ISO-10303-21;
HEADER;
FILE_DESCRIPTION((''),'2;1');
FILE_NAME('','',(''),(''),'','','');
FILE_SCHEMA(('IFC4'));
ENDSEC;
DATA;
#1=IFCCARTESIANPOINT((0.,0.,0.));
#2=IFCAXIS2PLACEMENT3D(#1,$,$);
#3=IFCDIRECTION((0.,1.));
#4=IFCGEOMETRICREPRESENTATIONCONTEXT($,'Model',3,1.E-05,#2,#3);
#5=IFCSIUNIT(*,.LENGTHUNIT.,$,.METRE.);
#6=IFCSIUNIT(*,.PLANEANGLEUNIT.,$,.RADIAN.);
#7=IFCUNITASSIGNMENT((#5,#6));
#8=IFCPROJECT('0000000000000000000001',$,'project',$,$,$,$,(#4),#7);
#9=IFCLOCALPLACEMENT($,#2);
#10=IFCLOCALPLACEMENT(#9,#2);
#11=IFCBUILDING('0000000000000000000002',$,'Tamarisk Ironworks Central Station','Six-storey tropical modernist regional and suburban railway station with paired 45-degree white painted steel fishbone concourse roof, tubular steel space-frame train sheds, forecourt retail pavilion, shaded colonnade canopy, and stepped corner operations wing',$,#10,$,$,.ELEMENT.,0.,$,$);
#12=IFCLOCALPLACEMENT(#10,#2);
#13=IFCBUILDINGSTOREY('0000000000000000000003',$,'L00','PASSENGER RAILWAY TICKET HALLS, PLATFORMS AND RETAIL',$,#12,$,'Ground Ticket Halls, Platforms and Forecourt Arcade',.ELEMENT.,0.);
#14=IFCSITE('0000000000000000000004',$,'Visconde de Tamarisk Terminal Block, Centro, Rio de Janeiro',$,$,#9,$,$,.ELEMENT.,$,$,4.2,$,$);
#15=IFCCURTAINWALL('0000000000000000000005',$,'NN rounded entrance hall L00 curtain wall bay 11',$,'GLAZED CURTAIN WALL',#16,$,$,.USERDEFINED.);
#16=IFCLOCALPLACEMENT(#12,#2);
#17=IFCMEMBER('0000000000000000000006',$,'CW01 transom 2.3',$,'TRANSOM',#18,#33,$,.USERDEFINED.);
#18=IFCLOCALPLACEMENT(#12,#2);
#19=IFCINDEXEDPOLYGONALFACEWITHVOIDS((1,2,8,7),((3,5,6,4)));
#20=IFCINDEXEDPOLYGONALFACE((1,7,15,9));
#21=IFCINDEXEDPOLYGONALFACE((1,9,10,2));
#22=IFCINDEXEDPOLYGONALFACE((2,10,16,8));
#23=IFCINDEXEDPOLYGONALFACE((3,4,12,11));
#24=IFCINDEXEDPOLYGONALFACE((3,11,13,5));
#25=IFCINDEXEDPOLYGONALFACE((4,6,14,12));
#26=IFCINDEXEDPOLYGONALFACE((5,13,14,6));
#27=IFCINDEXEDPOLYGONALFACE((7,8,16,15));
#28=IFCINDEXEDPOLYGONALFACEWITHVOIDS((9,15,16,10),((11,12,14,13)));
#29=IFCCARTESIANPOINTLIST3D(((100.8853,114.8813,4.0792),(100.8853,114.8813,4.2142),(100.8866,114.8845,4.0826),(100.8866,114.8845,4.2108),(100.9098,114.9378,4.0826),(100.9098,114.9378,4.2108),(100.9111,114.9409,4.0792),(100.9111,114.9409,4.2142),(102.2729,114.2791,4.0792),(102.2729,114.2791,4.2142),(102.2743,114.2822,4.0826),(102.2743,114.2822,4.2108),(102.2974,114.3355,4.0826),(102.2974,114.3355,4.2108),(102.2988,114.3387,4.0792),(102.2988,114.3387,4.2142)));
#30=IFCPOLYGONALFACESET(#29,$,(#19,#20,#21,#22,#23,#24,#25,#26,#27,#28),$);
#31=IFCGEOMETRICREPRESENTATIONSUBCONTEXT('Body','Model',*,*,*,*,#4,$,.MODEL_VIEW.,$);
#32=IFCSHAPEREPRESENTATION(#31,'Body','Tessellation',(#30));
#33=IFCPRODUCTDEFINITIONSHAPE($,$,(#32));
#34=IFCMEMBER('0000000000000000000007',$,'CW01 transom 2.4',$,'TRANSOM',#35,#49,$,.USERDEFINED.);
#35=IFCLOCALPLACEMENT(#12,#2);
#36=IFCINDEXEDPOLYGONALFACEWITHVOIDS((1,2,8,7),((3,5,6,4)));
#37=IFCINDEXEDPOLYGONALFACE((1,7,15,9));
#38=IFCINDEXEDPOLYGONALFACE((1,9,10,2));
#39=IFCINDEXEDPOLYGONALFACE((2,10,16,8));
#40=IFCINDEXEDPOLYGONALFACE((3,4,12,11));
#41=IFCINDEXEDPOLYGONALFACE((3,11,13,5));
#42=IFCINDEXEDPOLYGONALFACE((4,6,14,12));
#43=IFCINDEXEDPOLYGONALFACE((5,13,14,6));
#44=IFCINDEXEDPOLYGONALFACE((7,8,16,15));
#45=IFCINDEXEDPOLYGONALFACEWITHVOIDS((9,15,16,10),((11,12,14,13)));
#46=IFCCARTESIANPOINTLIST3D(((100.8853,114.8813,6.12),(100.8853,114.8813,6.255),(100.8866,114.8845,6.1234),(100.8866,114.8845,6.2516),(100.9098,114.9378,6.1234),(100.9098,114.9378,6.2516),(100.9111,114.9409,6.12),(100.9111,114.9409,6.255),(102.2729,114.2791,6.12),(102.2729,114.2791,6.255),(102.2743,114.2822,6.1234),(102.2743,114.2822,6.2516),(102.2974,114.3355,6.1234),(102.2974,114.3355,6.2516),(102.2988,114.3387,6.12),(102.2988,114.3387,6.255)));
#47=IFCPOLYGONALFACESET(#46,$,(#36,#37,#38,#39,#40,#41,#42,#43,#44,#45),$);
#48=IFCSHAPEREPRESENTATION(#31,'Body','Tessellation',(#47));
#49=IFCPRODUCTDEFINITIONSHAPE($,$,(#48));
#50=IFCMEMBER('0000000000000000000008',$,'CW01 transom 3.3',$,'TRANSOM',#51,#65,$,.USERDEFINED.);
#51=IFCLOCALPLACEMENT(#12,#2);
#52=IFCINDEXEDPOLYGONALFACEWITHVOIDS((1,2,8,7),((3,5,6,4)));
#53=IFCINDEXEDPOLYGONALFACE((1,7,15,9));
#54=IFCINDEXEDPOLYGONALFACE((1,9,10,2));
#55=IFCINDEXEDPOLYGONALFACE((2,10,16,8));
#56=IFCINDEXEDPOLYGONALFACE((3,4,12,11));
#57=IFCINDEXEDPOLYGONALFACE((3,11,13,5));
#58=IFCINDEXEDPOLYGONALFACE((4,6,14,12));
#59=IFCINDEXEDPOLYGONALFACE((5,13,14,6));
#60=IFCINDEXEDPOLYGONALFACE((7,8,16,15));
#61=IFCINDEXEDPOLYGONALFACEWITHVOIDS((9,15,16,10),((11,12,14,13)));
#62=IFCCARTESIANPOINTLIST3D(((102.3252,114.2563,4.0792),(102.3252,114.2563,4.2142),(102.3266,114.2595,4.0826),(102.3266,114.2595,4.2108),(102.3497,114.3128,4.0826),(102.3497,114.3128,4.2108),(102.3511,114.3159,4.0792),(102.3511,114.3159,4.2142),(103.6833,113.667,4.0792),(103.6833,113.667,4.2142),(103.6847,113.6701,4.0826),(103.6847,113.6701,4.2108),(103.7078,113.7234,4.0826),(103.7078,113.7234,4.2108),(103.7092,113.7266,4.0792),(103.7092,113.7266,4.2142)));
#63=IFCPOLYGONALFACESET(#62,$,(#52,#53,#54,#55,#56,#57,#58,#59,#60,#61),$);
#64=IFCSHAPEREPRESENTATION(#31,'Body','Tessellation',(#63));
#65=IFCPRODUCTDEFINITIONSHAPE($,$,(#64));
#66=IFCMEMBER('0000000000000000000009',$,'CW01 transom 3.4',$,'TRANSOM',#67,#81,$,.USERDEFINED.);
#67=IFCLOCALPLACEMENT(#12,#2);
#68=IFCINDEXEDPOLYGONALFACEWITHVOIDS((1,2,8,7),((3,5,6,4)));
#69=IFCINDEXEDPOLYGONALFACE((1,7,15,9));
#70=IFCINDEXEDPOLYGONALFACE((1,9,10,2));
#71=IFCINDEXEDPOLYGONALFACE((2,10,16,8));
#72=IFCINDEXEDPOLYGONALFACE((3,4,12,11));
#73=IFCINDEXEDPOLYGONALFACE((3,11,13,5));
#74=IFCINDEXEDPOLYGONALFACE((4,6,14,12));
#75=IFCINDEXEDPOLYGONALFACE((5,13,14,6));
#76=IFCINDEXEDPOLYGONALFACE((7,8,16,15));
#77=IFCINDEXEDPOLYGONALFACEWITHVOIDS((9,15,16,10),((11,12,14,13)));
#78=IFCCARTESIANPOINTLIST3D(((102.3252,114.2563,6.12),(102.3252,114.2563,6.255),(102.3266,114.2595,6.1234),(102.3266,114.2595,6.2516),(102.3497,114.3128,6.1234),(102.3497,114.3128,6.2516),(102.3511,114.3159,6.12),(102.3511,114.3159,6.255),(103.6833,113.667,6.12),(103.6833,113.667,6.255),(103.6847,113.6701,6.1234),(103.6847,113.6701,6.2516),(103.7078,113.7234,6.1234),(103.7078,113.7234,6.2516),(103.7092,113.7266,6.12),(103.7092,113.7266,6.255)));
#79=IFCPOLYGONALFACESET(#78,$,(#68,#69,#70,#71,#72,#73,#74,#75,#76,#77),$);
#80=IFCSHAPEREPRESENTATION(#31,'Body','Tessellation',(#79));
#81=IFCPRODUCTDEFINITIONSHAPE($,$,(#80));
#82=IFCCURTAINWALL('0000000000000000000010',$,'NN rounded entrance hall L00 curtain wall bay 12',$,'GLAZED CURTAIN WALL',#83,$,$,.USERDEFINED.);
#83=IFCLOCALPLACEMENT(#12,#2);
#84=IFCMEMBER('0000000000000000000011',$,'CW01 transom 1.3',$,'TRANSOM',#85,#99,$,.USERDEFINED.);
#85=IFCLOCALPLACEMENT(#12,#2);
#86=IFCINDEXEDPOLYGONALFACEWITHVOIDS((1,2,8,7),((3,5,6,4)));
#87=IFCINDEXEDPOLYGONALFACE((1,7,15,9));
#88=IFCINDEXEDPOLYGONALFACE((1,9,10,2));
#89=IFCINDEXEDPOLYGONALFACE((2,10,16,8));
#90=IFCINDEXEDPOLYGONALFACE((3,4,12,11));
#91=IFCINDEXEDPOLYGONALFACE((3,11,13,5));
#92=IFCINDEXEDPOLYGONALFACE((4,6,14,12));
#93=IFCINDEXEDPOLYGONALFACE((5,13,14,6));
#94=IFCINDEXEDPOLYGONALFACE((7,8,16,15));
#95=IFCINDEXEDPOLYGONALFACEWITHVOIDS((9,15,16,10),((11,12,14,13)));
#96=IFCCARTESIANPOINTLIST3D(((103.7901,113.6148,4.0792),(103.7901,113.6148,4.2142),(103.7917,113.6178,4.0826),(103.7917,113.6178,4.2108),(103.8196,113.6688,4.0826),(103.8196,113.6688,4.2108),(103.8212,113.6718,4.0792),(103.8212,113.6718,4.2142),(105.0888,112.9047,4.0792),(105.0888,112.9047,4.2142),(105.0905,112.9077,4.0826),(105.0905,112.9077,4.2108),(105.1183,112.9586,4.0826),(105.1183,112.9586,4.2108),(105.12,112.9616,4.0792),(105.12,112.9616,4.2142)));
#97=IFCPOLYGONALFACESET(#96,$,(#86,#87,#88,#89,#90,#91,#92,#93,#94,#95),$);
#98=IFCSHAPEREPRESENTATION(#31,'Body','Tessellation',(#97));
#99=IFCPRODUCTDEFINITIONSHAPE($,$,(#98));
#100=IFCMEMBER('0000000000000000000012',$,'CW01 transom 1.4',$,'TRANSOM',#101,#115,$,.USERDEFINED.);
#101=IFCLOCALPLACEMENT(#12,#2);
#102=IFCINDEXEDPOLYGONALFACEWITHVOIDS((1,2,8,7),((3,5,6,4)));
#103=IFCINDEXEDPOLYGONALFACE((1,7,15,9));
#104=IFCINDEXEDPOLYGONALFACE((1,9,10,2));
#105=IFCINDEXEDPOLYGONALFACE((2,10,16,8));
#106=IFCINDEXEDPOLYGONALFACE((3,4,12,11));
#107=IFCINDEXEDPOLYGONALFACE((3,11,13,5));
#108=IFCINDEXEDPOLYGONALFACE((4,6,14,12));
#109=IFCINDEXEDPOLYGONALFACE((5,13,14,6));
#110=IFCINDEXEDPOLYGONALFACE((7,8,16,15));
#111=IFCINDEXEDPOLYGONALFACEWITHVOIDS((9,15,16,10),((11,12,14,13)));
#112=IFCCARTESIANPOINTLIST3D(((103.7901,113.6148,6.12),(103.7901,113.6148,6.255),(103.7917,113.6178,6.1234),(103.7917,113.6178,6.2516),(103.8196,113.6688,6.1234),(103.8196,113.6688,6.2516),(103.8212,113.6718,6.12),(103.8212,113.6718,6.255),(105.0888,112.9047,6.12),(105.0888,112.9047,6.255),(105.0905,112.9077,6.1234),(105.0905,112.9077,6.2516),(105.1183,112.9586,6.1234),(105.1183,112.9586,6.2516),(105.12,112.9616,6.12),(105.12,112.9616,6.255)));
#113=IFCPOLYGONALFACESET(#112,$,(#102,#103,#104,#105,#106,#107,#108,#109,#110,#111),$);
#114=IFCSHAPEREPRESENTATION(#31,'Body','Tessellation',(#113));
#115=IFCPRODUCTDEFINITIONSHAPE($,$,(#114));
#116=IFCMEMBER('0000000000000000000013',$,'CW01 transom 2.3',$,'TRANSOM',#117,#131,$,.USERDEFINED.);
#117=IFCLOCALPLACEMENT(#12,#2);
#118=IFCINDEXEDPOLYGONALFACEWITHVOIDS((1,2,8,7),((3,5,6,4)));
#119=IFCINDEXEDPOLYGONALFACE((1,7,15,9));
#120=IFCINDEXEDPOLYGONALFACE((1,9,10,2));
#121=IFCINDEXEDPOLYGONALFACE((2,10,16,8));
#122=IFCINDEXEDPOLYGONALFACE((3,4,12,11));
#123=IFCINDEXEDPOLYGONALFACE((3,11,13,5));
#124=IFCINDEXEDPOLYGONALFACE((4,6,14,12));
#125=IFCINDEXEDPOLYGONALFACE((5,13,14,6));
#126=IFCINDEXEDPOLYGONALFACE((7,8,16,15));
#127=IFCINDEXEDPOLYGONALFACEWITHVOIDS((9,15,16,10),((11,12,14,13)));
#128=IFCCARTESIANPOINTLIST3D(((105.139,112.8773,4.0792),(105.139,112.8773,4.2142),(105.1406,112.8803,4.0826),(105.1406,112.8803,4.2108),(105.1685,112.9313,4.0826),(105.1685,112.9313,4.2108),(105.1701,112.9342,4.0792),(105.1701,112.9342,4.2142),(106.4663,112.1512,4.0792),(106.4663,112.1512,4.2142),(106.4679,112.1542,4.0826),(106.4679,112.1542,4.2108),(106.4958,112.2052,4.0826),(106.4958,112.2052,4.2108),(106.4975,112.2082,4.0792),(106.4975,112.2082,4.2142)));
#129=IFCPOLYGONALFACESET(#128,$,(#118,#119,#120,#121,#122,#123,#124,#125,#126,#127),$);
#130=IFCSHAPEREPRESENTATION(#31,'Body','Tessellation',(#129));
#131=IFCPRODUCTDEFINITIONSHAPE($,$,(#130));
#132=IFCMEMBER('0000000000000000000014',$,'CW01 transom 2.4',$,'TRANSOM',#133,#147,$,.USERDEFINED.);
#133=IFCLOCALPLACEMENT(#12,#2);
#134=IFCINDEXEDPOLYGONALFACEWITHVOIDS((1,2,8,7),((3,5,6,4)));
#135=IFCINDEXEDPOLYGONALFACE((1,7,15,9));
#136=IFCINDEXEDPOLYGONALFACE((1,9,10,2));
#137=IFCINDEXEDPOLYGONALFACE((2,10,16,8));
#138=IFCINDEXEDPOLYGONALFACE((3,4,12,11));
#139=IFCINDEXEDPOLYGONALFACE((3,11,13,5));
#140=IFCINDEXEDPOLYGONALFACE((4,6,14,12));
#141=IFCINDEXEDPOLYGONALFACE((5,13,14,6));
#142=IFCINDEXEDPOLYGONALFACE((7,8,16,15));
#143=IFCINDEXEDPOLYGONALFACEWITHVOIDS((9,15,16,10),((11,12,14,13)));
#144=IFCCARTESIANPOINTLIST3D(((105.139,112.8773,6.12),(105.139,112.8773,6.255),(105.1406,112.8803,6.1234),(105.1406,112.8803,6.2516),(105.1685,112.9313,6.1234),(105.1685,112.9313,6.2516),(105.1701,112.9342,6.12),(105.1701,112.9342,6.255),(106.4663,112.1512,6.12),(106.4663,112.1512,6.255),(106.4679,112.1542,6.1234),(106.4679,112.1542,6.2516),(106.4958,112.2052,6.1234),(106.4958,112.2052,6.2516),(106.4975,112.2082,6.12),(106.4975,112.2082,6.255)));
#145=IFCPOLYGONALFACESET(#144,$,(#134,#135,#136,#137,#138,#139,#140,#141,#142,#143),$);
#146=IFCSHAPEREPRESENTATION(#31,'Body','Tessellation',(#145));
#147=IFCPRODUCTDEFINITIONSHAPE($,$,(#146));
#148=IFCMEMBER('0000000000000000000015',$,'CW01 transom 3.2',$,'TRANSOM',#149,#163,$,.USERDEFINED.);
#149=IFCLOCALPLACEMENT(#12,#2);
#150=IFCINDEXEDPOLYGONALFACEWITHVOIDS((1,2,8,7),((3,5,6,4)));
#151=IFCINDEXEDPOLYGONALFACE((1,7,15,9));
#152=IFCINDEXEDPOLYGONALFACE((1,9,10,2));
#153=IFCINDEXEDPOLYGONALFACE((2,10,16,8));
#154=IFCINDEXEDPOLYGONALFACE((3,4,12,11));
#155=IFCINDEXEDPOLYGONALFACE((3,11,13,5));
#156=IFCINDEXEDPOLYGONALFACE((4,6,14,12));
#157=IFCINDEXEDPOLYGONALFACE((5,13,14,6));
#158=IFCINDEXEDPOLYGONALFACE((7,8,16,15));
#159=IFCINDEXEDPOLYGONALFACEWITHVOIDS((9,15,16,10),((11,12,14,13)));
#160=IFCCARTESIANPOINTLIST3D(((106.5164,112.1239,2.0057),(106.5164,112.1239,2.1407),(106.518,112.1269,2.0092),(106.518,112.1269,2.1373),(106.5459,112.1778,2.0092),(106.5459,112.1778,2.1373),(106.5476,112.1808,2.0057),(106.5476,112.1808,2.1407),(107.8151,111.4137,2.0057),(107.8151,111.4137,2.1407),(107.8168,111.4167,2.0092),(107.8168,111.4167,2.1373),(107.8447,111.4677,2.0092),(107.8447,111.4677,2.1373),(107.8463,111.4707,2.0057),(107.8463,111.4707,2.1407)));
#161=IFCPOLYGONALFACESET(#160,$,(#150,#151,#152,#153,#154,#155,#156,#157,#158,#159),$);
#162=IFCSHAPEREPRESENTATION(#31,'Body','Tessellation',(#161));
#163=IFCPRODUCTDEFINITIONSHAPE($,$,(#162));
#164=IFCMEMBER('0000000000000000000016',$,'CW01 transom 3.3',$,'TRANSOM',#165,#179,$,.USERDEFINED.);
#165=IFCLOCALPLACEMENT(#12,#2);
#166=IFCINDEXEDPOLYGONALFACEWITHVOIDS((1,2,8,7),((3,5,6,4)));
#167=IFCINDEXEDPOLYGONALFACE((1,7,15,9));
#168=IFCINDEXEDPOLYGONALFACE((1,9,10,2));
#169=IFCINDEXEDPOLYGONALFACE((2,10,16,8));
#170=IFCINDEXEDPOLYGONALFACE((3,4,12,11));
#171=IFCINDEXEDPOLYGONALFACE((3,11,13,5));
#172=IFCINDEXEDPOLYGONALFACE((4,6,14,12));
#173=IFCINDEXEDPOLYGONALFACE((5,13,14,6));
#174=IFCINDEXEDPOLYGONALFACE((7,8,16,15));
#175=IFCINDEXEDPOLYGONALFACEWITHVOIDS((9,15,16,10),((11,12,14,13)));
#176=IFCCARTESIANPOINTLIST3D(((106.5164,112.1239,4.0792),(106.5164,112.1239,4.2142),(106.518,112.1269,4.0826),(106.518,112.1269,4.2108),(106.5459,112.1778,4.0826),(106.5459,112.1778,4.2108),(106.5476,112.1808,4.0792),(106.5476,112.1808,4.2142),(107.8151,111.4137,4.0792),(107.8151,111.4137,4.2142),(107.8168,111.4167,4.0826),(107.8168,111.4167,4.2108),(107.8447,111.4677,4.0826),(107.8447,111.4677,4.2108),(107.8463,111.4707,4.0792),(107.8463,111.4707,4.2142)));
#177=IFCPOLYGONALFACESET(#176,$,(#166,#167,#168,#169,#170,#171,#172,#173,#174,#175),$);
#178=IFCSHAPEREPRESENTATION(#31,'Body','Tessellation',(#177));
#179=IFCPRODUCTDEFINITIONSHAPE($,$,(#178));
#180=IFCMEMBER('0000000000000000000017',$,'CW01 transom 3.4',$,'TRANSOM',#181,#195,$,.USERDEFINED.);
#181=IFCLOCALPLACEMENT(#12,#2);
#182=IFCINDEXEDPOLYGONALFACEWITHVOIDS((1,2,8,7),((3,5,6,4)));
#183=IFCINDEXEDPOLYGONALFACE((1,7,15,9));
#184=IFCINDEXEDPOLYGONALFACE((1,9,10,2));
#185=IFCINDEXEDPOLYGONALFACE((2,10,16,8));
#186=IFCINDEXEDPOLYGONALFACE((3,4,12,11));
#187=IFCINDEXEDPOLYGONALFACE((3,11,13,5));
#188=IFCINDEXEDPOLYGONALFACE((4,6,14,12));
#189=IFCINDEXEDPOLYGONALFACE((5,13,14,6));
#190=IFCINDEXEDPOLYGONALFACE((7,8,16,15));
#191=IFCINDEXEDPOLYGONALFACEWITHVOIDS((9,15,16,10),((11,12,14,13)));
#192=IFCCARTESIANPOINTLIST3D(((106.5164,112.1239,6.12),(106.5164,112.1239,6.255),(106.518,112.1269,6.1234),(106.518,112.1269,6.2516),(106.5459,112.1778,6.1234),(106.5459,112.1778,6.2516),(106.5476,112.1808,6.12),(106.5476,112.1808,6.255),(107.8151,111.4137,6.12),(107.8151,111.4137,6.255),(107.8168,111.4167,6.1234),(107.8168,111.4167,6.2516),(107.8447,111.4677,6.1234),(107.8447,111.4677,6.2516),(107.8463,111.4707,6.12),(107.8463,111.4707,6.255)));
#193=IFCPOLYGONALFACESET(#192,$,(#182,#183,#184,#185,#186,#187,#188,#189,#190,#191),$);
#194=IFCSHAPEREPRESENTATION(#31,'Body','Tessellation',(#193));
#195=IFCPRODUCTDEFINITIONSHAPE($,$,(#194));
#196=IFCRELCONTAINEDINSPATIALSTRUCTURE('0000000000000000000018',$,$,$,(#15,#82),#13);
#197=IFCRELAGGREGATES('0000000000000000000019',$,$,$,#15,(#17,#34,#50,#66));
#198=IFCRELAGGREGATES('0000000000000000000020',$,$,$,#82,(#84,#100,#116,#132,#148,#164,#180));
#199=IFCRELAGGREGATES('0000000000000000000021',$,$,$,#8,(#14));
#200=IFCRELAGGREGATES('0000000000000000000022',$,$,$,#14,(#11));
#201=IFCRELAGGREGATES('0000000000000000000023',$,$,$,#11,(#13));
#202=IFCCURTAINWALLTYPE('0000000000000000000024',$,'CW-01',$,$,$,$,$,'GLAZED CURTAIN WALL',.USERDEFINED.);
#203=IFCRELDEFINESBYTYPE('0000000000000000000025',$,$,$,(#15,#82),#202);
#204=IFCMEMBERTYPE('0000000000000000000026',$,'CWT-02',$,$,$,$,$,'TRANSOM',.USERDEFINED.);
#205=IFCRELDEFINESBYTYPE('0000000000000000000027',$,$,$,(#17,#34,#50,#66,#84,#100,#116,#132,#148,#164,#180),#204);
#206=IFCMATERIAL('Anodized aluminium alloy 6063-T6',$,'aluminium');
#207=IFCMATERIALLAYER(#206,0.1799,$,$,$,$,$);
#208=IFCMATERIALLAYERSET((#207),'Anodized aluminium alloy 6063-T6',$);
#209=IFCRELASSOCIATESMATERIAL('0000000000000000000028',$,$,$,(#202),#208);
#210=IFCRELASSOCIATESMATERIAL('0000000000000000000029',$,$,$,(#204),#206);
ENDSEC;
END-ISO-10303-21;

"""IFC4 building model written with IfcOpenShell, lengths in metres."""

from ifc_helpers import new_model, si_unit, direction, frame, origin, origin_2d, place, context, subcontext, project, spatial, hollow_rectangle, extrude, material, layer, layer_set, material_profile, profile_set, type_object, element, aggregate, save


model = new_model("IFC4")

# Units and contexts
model_context = context("Model", 3, precision=1e-05, world=origin(), true_north=direction((0.0, 1.0)))
body_context = subcontext(model_context, "Body", "Model", "MODEL_VIEW")
ifc_project = project(units=[si_unit("LENGTHUNIT", "METRE"), si_unit("PLANEANGLEUNIT", "RADIAN")], contexts=[model_context])

# Site, building, storey
site_placement = place(None, origin())
site = spatial("IfcSite", under=ifc_project, at=site_placement, Name="Visconde de Tamarisk Terminal Block, Centro, Rio de Janeiro", CompositionType="ELEMENT", RefElevation=4.2)
building_placement = place(site_placement, origin())
building = spatial("IfcBuilding", under=site, at=building_placement, Name="Tamarisk Ironworks Central Station", Description="Six-storey tropical modernist regional and suburban railway station with paired 45-degree white painted steel fishbone concourse roof, tubular steel space-frame train sheds, forecourt retail pavilion, shaded colonnade canopy, and stepped corner operations wing", CompositionType="ELEMENT", ElevationOfRefHeight=0.0)
storey_placement = place(building_placement, origin())
storey = spatial("IfcBuildingStorey", under=building, at=storey_placement, Name="L00", Description="PASSENGER RAILWAY TICKET HALLS, PLATFORMS AND RETAIL", LongName="Ground Ticket Halls, Platforms and Forecourt Arcade", CompositionType="ELEMENT", Elevation=0.0)

# Curtain walls, members
ifc_material_1 = material(Name="Anodized aluminium alloy 6063-T6", Category="aluminium")
ifc_layer_1 = layer(ifc_material_1, 0.1799)
ifc_layer_set_1 = layer_set([ifc_layer_1], Name="Anodized aluminium alloy 6063-T6")
curtain_wall_type_1 = type_object("IfcCurtainWallType", Name="CW-01", ElementType="GLAZED CURTAIN WALL", PredefinedType="USERDEFINED", material=ifc_layer_set_1)
curtain_wall_1_placement = place(storey_placement, origin())
curtain_wall_1 = element("IfcCurtainWall", 1, at=curtain_wall_1_placement, inside=storey, type_object=curtain_wall_type_1, Name="NN rounded entrance hall L00 curtain wall bay 11", ObjectType="GLAZED CURTAIN WALL", PredefinedType="USERDEFINED")
ifc_material_profile = material_profile(ifc_material_1, hollow_rectangle(XDim=0.0649, YDim=0.135, WallThickness=0.0034, at=origin_2d()), Name="ALUM 135x65")
ifc_profile_set = profile_set([ifc_material_profile], Name="Anodized aluminium alloy 6063-T6")
member_type = type_object("IfcMemberType", Name="CWT-02", ElementType="TRANSOM", PredefinedType="USERDEFINED", material=ifc_profile_set)
member_1_placement = place(storey_placement, frame((100.8982, 114.9111, 4.1467), z_axis=(0.917324, -0.398142, 0.0), x_axis=(0.398142, 0.917324, 0.0)))
member_1 = element("IfcMember", 2, at=member_1_placement, type_object=member_type, Name="CW01 transom 2.3", ObjectType="TRANSOM", PredefinedType="USERDEFINED", context=body_context, shape_type="SweptSolid", body=[
    extrude(hollow_rectangle(XDim=0.0649, YDim=0.135, WallThickness=0.0034, at=origin_2d()), origin(), (0.0, 0.0, 1.0), 1.5127),
])
member_2_placement = place(storey_placement, frame((100.8982, 114.9111, 6.1875), z_axis=(0.917324, -0.398142, 0.0), x_axis=(0.398142, 0.917324, 0.0)))
member_2 = element("IfcMember", 3, at=member_2_placement, type_object=member_type, Name="CW01 transom 2.4", ObjectType="TRANSOM", PredefinedType="USERDEFINED", context=body_context, shape_type="SweptSolid", body=[
    extrude(hollow_rectangle(XDim=0.0649, YDim=0.135, WallThickness=0.0034, at=origin_2d()), origin(), (0.0, 0.0, 1.0), 1.5127),
])
member_3_placement = place(storey_placement, frame((102.3381, 114.2861, 4.1467), z_axis=(0.917353, -0.398075, 0.0), x_axis=(0.398075, 0.917353, 0.0)))
member_3 = element("IfcMember", 4, at=member_3_placement, type_object=member_type, Name="CW01 transom 3.3", ObjectType="TRANSOM", PredefinedType="USERDEFINED", context=body_context, shape_type="SweptSolid", body=[
    extrude(hollow_rectangle(XDim=0.0649, YDim=0.135, WallThickness=0.0034, at=origin_2d()), origin(), (0.0, 0.0, 1.0), 1.4805),
])
member_4_placement = place(storey_placement, frame((102.3381, 114.2861, 6.1875), z_axis=(0.917353, -0.398075, 0.0), x_axis=(0.398075, 0.917353, 0.0)))
member_4 = element("IfcMember", 5, at=member_4_placement, type_object=member_type, Name="CW01 transom 3.4", ObjectType="TRANSOM", PredefinedType="USERDEFINED", context=body_context, shape_type="SweptSolid", body=[
    extrude(hollow_rectangle(XDim=0.0649, YDim=0.135, WallThickness=0.0034, at=origin_2d()), origin(), (0.0, 0.0, 1.0), 1.4805),
])
curtain_wall_2_placement = place(storey_placement, origin())
curtain_wall_2 = element("IfcCurtainWall", 6, at=curtain_wall_2_placement, inside=storey, type_object=curtain_wall_type_1, Name="NN rounded entrance hall L00 curtain wall bay 12", ObjectType="GLAZED CURTAIN WALL", PredefinedType="USERDEFINED")
member_5_placement = place(storey_placement, frame((103.8057, 113.6433, 4.1467), z_axis=(0.877397, -0.479765, 0.0), x_axis=(0.479765, 0.877397, 0.0)))
member_5 = element("IfcMember", 7, at=member_5_placement, type_object=member_type, Name="CW01 transom 1.3", ObjectType="TRANSOM", PredefinedType="USERDEFINED", context=body_context, shape_type="SweptSolid", body=[
    extrude(hollow_rectangle(XDim=0.0649, YDim=0.135, WallThickness=0.0034, at=origin_2d()), origin(), (0.0, 0.0, 1.0), 1.4802),
])
member_6_placement = place(storey_placement, frame((103.8057, 113.6433, 6.1875), z_axis=(0.877397, -0.479765, 0.0), x_axis=(0.479765, 0.877397, 0.0)))
member_6 = element("IfcMember", 8, at=member_6_placement, type_object=member_type, Name="CW01 transom 1.4", ObjectType="TRANSOM", PredefinedType="USERDEFINED", context=body_context, shape_type="SweptSolid", body=[
    extrude(hollow_rectangle(XDim=0.0649, YDim=0.135, WallThickness=0.0034, at=origin_2d()), origin(), (0.0, 0.0, 1.0), 1.4802),
])
member_7_placement = place(storey_placement, frame((105.1545, 112.9058, 4.1467), z_axis=(0.877328, -0.479892, 0.0), x_axis=(0.479892, 0.877328, 0.0)))
member_7 = element("IfcMember", 9, at=member_7_placement, type_object=member_type, Name="CW01 transom 2.3", ObjectType="TRANSOM", PredefinedType="USERDEFINED", context=body_context, shape_type="SweptSolid", body=[
    extrude(hollow_rectangle(XDim=0.0649, YDim=0.135, WallThickness=0.0034, at=origin_2d()), origin(), (0.0, 0.0, 1.0), 1.5129),
])
member_8_placement = place(storey_placement, frame((105.1545, 112.9058, 6.1875), z_axis=(0.877328, -0.479892, 0.0), x_axis=(0.479892, 0.877328, 0.0)))
member_8 = element("IfcMember", 10, at=member_8_placement, type_object=member_type, Name="CW01 transom 2.4", ObjectType="TRANSOM", PredefinedType="USERDEFINED", context=body_context, shape_type="SweptSolid", body=[
    extrude(hollow_rectangle(XDim=0.0649, YDim=0.135, WallThickness=0.0034, at=origin_2d()), origin(), (0.0, 0.0, 1.0), 1.5129),
])
member_9_placement = place(storey_placement, frame((106.532, 112.1523, 2.0732), z_axis=(0.877397, -0.479765, 0.0), x_axis=(0.479765, 0.877397, 0.0)))
member_9 = element("IfcMember", 11, at=member_9_placement, type_object=member_type, Name="CW01 transom 3.2", ObjectType="TRANSOM", PredefinedType="USERDEFINED", context=body_context, shape_type="SweptSolid", body=[
    extrude(hollow_rectangle(XDim=0.0649, YDim=0.135, WallThickness=0.0034, at=origin_2d()), origin(), (0.0, 0.0, 1.0), 1.4802),
])
member_10_placement = place(storey_placement, frame((106.532, 112.1523, 4.1467), z_axis=(0.877397, -0.479765, 0.0), x_axis=(0.479765, 0.877397, 0.0)))
member_10 = element("IfcMember", 12, at=member_10_placement, type_object=member_type, Name="CW01 transom 3.3", ObjectType="TRANSOM", PredefinedType="USERDEFINED", context=body_context, shape_type="SweptSolid", body=[
    extrude(hollow_rectangle(XDim=0.0649, YDim=0.135, WallThickness=0.0034, at=origin_2d()), origin(), (0.0, 0.0, 1.0), 1.4802),
])
member_11_placement = place(storey_placement, frame((106.532, 112.1523, 6.1875), z_axis=(0.877397, -0.479765, 0.0), x_axis=(0.479765, 0.877397, 0.0)))
member_11 = element("IfcMember", 13, at=member_11_placement, type_object=member_type, Name="CW01 transom 3.4", ObjectType="TRANSOM", PredefinedType="USERDEFINED", context=body_context, shape_type="SweptSolid", body=[
    extrude(hollow_rectangle(XDim=0.0649, YDim=0.135, WallThickness=0.0034, at=origin_2d()), origin(), (0.0, 0.0, 1.0), 1.4802),
])

aggregate(curtain_wall_1, [member_1, member_2, member_3, member_4])
aggregate(curtain_wall_2, [member_5, member_6, member_7, member_8, member_9, member_10, member_11])

save(model, "model.ifc")
